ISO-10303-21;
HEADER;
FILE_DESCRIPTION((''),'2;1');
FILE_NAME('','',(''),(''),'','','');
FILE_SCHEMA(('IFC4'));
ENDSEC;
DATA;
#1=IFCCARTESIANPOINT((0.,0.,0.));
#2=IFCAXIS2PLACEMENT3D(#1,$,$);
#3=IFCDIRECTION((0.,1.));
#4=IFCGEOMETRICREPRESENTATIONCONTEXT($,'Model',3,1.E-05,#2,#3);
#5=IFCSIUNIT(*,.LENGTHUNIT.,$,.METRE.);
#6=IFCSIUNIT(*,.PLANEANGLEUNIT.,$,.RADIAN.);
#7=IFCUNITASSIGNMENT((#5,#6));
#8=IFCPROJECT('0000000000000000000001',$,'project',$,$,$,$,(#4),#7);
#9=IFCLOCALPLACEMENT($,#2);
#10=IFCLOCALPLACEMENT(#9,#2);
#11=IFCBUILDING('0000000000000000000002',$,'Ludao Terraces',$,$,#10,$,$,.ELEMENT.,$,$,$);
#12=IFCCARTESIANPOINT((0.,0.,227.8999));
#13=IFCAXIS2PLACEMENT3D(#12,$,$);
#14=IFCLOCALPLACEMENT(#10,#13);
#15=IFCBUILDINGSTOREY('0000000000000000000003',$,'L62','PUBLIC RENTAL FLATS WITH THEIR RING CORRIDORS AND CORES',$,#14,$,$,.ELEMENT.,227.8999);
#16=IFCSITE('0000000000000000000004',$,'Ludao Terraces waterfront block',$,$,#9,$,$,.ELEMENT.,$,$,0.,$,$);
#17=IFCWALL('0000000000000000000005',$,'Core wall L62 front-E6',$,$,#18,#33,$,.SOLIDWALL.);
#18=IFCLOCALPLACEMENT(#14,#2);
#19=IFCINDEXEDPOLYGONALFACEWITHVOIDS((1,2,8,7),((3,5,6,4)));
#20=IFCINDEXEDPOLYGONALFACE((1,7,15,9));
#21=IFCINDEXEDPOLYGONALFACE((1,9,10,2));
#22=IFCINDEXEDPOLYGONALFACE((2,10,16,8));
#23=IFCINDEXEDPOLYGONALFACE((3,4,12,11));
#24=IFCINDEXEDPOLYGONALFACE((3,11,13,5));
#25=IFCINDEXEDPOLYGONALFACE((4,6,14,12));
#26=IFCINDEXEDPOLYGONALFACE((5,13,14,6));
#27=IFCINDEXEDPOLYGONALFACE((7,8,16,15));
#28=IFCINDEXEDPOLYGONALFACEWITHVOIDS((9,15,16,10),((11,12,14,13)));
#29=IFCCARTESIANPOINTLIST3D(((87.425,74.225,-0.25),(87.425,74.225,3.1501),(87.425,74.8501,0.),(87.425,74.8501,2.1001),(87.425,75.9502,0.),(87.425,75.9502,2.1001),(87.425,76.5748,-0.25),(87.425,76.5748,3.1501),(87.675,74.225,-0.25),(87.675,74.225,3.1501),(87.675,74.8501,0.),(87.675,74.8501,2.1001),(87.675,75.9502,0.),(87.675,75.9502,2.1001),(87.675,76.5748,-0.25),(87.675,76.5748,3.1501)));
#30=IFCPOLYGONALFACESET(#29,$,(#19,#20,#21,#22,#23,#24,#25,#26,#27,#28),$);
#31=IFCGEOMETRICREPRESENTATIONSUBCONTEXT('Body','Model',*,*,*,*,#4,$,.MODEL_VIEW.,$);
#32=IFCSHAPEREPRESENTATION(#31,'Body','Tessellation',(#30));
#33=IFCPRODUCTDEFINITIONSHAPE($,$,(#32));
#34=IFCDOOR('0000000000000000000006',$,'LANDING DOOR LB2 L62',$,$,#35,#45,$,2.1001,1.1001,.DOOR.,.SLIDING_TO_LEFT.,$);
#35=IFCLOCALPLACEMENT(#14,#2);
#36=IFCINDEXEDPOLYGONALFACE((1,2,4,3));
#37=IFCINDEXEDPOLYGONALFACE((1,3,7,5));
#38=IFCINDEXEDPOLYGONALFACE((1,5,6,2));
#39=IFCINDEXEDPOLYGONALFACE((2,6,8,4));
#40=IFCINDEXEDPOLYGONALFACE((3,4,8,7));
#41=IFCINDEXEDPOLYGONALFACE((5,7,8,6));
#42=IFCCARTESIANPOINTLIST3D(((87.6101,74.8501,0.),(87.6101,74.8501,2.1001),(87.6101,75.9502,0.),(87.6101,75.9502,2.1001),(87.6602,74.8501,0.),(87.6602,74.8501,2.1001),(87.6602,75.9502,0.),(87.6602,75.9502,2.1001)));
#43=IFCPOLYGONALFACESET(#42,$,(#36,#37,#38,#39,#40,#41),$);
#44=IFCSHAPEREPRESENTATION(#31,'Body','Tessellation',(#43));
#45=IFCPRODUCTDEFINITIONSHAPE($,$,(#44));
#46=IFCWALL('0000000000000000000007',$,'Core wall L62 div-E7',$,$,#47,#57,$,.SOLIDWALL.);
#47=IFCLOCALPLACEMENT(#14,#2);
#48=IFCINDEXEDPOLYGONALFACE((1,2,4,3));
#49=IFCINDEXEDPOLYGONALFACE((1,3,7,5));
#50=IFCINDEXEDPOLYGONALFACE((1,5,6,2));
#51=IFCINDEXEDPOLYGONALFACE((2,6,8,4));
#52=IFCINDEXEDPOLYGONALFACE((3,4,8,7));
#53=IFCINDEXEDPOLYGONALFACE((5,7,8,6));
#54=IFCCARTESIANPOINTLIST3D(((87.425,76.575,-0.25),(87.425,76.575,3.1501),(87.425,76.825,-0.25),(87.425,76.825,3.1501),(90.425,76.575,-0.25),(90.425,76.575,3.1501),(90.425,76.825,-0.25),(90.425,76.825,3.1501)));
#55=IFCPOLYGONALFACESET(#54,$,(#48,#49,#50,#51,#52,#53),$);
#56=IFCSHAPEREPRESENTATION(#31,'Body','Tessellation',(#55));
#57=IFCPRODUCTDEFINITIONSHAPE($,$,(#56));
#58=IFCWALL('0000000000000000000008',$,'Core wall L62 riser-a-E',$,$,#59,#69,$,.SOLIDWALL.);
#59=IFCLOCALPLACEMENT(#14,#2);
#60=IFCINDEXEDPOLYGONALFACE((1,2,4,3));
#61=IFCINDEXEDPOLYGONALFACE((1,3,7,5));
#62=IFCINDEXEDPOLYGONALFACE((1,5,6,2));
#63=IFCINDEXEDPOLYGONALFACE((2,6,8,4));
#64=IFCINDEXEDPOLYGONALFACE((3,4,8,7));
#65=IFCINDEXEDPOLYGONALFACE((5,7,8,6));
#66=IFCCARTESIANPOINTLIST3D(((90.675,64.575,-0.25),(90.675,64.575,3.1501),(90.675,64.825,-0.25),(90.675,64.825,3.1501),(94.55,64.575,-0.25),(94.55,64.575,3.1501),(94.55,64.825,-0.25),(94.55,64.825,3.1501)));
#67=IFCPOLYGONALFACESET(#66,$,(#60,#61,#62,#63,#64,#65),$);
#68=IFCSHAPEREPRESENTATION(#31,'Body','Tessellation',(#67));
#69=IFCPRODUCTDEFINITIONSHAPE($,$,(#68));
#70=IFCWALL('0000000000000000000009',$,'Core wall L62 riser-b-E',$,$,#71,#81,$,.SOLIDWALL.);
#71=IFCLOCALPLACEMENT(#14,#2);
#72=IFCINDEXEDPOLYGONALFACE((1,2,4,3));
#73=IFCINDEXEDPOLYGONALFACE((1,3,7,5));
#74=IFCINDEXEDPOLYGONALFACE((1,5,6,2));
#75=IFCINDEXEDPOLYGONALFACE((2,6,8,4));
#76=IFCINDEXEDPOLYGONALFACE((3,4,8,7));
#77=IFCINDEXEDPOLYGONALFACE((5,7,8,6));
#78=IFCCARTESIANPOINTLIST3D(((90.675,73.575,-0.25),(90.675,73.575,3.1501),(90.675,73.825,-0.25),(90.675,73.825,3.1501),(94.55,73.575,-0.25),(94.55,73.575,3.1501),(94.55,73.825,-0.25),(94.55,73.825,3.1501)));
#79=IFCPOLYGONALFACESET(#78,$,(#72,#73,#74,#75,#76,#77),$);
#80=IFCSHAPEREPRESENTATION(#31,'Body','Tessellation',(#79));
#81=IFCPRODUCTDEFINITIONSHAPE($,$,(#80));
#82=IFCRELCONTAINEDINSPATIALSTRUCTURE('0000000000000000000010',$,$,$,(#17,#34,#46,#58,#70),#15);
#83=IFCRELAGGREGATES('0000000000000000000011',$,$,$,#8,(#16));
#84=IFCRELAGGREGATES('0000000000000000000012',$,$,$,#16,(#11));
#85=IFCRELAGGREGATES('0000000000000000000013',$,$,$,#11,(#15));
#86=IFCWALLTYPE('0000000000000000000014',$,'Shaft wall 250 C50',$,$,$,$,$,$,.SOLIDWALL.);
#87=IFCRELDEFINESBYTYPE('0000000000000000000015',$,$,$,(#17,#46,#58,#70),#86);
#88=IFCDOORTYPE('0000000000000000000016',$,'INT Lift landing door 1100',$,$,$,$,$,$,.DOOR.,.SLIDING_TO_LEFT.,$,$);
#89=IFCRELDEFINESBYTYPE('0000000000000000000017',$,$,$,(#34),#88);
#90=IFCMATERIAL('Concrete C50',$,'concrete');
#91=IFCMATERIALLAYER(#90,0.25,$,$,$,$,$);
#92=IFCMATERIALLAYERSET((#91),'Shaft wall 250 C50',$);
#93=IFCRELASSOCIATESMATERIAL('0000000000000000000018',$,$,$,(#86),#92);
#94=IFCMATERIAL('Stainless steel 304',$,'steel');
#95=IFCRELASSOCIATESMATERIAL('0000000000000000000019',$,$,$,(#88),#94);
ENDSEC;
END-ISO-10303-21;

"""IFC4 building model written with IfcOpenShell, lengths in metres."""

from ifc_helpers import new_model, si_unit, direction, frame, frame_2d, origin, place, context, subcontext, project, spatial, rectangle, extrude, material, layer, layer_set, type_object, element, fill, save


model = new_model("IFC4")

# Units and contexts
model_context = context("Model", 3, precision=1e-05, world=origin(), true_north=direction((0.0, 1.0)))
body_context = subcontext(model_context, "Body", "Model", "MODEL_VIEW")
ifc_project = project(units=[si_unit("LENGTHUNIT", "METRE"), si_unit("PLANEANGLEUNIT", "RADIAN")], contexts=[model_context])

# Site, building, storey
site_placement = place(None, origin())
site = spatial("IfcSite", under=ifc_project, at=site_placement, Name="Ludao Terraces waterfront block", CompositionType="ELEMENT", RefElevation=0.0)
building_placement = place(site_placement, origin())
building = spatial("IfcBuilding", under=site, at=building_placement, Name="Ludao Terraces", CompositionType="ELEMENT")
storey_placement = place(building_placement, frame((0.0, 0.0, 227.8999)))
storey = spatial("IfcBuildingStorey", under=building, at=storey_placement, Name="L62", Description="PUBLIC RENTAL FLATS WITH THEIR RING CORRIDORS AND CORES", CompositionType="ELEMENT", Elevation=227.8999)

# Shared definitions
ifc_material_1 = material(Name="Concrete C50", Category="concrete")
ifc_layer_1 = layer(ifc_material_1, 0.25)
ifc_layer_set_1 = layer_set([ifc_layer_1], Name="Shaft wall 250 C50")
wall_type_1 = type_object("IfcWallType", Name="Shaft wall 250 C50", PredefinedType="SOLIDWALL", material=ifc_layer_set_1)

# Shared definitions
ifc_material_2 = material(Name="Stainless steel 304", Category="steel")
door_type_1 = type_object("IfcDoorType", Name="INT Lift landing door 1100", OperationType="SLIDING_TO_LEFT", PredefinedType="DOOR", material=ifc_material_2)

# Wall, opening, door
wall_1_placement = place(storey_placement, frame((87.55, 74.2251, -0.25), z_axis=(0.0, 0.0, 1.0), x_axis=(0.0, 1.0, 0.0)))
wall_1 = element("IfcWall", 1, at=wall_1_placement, inside=storey, type_object=wall_type_1, Name="Core wall L62 front-E6", PredefinedType="SOLIDWALL", context=body_context, shape_type="SweptSolid", body=[
    extrude(rectangle(XDim=2.3499, YDim=0.25, at=frame_2d((1.1748, 0.0))), origin(), (0.0, 0.0, 1.0), 3.4001),
])
opening_1_placement = place(wall_1_placement, frame((0.625, 0.0, 0.25)))
opening_1 = element("IfcOpeningElement", 2, at=opening_1_placement, cuts=wall_1, PredefinedType="OPENING", context=body_context, shape_type="SweptSolid", body=[
    extrude(rectangle(XDim=1.1001, YDim=2.1001, at=frame_2d((0.55, 1.05))), frame((0.0, 0.135, 0.0), z_axis=(0.0, -1.0, 0.0), x_axis=(1.0, 0.0, 0.0)), (0.0, 0.0, 1.0), 0.27),
])
door_1_placement = place(opening_1_placement, origin())
door_1 = element("IfcDoor", 3, at=door_1_placement, inside=storey, type_object=door_type_1, Name="LANDING DOOR LB2 L62", OperationType="SLIDING_TO_LEFT", OverallHeight=2.1001, OverallWidth=1.1001, PredefinedType="DOOR", context=body_context, shape_type="SweptSolid", body=[
    extrude(rectangle(XDim=1.1001, YDim=2.1001, at=frame_2d((0.55, 1.05))), frame((0.0, -0.0601, 0.0), z_axis=(0.0, -1.0, 0.0), x_axis=(1.0, 0.0, 0.0)), (0.0, 0.0, 1.0), 0.05),
])
fill(opening_1, door_1)

# Walls
wall_2_placement = place(storey_placement, frame((87.425, 76.7, -0.25), z_axis=(0.0, 0.0, 1.0), x_axis=(1.0, 0.0, 0.0)))
element("IfcWall", 4, at=wall_2_placement, inside=storey, type_object=wall_type_1, Name="Core wall L62 div-E7", PredefinedType="SOLIDWALL", context=body_context, shape_type="SweptSolid", body=[
    extrude(rectangle(XDim=3.0, YDim=0.25, at=frame_2d((1.5, 0.0))), origin(), (0.0, 0.0, 1.0), 3.4001),
])
for number, where, z_axis, x_axis, name in (
    (5, (90.675, 64.7, -0.25), (0.0, 0.0, 1.0), (1.0, 0.0, 0.0), "Core wall L62 riser-a-E"),
    (6, (90.675, 73.7, -0.25), (0.0, 0.0, 1.0), (1.0, 0.0, 0.0), "Core wall L62 riser-b-E"),
):
    element("IfcWall", number, at=place(storey_placement, frame(where, z_axis=z_axis, x_axis=x_axis)), inside=storey, type_object=wall_type_1, Name=name, PredefinedType="SOLIDWALL", context=body_context, shape_type="SweptSolid", body=[
        extrude(rectangle(XDim=3.875, YDim=0.25, at=frame_2d((1.9375, 0.0))), origin(), (0.0, 0.0, 1.0), 3.4001),
    ])

save(model, "model.ifc")
